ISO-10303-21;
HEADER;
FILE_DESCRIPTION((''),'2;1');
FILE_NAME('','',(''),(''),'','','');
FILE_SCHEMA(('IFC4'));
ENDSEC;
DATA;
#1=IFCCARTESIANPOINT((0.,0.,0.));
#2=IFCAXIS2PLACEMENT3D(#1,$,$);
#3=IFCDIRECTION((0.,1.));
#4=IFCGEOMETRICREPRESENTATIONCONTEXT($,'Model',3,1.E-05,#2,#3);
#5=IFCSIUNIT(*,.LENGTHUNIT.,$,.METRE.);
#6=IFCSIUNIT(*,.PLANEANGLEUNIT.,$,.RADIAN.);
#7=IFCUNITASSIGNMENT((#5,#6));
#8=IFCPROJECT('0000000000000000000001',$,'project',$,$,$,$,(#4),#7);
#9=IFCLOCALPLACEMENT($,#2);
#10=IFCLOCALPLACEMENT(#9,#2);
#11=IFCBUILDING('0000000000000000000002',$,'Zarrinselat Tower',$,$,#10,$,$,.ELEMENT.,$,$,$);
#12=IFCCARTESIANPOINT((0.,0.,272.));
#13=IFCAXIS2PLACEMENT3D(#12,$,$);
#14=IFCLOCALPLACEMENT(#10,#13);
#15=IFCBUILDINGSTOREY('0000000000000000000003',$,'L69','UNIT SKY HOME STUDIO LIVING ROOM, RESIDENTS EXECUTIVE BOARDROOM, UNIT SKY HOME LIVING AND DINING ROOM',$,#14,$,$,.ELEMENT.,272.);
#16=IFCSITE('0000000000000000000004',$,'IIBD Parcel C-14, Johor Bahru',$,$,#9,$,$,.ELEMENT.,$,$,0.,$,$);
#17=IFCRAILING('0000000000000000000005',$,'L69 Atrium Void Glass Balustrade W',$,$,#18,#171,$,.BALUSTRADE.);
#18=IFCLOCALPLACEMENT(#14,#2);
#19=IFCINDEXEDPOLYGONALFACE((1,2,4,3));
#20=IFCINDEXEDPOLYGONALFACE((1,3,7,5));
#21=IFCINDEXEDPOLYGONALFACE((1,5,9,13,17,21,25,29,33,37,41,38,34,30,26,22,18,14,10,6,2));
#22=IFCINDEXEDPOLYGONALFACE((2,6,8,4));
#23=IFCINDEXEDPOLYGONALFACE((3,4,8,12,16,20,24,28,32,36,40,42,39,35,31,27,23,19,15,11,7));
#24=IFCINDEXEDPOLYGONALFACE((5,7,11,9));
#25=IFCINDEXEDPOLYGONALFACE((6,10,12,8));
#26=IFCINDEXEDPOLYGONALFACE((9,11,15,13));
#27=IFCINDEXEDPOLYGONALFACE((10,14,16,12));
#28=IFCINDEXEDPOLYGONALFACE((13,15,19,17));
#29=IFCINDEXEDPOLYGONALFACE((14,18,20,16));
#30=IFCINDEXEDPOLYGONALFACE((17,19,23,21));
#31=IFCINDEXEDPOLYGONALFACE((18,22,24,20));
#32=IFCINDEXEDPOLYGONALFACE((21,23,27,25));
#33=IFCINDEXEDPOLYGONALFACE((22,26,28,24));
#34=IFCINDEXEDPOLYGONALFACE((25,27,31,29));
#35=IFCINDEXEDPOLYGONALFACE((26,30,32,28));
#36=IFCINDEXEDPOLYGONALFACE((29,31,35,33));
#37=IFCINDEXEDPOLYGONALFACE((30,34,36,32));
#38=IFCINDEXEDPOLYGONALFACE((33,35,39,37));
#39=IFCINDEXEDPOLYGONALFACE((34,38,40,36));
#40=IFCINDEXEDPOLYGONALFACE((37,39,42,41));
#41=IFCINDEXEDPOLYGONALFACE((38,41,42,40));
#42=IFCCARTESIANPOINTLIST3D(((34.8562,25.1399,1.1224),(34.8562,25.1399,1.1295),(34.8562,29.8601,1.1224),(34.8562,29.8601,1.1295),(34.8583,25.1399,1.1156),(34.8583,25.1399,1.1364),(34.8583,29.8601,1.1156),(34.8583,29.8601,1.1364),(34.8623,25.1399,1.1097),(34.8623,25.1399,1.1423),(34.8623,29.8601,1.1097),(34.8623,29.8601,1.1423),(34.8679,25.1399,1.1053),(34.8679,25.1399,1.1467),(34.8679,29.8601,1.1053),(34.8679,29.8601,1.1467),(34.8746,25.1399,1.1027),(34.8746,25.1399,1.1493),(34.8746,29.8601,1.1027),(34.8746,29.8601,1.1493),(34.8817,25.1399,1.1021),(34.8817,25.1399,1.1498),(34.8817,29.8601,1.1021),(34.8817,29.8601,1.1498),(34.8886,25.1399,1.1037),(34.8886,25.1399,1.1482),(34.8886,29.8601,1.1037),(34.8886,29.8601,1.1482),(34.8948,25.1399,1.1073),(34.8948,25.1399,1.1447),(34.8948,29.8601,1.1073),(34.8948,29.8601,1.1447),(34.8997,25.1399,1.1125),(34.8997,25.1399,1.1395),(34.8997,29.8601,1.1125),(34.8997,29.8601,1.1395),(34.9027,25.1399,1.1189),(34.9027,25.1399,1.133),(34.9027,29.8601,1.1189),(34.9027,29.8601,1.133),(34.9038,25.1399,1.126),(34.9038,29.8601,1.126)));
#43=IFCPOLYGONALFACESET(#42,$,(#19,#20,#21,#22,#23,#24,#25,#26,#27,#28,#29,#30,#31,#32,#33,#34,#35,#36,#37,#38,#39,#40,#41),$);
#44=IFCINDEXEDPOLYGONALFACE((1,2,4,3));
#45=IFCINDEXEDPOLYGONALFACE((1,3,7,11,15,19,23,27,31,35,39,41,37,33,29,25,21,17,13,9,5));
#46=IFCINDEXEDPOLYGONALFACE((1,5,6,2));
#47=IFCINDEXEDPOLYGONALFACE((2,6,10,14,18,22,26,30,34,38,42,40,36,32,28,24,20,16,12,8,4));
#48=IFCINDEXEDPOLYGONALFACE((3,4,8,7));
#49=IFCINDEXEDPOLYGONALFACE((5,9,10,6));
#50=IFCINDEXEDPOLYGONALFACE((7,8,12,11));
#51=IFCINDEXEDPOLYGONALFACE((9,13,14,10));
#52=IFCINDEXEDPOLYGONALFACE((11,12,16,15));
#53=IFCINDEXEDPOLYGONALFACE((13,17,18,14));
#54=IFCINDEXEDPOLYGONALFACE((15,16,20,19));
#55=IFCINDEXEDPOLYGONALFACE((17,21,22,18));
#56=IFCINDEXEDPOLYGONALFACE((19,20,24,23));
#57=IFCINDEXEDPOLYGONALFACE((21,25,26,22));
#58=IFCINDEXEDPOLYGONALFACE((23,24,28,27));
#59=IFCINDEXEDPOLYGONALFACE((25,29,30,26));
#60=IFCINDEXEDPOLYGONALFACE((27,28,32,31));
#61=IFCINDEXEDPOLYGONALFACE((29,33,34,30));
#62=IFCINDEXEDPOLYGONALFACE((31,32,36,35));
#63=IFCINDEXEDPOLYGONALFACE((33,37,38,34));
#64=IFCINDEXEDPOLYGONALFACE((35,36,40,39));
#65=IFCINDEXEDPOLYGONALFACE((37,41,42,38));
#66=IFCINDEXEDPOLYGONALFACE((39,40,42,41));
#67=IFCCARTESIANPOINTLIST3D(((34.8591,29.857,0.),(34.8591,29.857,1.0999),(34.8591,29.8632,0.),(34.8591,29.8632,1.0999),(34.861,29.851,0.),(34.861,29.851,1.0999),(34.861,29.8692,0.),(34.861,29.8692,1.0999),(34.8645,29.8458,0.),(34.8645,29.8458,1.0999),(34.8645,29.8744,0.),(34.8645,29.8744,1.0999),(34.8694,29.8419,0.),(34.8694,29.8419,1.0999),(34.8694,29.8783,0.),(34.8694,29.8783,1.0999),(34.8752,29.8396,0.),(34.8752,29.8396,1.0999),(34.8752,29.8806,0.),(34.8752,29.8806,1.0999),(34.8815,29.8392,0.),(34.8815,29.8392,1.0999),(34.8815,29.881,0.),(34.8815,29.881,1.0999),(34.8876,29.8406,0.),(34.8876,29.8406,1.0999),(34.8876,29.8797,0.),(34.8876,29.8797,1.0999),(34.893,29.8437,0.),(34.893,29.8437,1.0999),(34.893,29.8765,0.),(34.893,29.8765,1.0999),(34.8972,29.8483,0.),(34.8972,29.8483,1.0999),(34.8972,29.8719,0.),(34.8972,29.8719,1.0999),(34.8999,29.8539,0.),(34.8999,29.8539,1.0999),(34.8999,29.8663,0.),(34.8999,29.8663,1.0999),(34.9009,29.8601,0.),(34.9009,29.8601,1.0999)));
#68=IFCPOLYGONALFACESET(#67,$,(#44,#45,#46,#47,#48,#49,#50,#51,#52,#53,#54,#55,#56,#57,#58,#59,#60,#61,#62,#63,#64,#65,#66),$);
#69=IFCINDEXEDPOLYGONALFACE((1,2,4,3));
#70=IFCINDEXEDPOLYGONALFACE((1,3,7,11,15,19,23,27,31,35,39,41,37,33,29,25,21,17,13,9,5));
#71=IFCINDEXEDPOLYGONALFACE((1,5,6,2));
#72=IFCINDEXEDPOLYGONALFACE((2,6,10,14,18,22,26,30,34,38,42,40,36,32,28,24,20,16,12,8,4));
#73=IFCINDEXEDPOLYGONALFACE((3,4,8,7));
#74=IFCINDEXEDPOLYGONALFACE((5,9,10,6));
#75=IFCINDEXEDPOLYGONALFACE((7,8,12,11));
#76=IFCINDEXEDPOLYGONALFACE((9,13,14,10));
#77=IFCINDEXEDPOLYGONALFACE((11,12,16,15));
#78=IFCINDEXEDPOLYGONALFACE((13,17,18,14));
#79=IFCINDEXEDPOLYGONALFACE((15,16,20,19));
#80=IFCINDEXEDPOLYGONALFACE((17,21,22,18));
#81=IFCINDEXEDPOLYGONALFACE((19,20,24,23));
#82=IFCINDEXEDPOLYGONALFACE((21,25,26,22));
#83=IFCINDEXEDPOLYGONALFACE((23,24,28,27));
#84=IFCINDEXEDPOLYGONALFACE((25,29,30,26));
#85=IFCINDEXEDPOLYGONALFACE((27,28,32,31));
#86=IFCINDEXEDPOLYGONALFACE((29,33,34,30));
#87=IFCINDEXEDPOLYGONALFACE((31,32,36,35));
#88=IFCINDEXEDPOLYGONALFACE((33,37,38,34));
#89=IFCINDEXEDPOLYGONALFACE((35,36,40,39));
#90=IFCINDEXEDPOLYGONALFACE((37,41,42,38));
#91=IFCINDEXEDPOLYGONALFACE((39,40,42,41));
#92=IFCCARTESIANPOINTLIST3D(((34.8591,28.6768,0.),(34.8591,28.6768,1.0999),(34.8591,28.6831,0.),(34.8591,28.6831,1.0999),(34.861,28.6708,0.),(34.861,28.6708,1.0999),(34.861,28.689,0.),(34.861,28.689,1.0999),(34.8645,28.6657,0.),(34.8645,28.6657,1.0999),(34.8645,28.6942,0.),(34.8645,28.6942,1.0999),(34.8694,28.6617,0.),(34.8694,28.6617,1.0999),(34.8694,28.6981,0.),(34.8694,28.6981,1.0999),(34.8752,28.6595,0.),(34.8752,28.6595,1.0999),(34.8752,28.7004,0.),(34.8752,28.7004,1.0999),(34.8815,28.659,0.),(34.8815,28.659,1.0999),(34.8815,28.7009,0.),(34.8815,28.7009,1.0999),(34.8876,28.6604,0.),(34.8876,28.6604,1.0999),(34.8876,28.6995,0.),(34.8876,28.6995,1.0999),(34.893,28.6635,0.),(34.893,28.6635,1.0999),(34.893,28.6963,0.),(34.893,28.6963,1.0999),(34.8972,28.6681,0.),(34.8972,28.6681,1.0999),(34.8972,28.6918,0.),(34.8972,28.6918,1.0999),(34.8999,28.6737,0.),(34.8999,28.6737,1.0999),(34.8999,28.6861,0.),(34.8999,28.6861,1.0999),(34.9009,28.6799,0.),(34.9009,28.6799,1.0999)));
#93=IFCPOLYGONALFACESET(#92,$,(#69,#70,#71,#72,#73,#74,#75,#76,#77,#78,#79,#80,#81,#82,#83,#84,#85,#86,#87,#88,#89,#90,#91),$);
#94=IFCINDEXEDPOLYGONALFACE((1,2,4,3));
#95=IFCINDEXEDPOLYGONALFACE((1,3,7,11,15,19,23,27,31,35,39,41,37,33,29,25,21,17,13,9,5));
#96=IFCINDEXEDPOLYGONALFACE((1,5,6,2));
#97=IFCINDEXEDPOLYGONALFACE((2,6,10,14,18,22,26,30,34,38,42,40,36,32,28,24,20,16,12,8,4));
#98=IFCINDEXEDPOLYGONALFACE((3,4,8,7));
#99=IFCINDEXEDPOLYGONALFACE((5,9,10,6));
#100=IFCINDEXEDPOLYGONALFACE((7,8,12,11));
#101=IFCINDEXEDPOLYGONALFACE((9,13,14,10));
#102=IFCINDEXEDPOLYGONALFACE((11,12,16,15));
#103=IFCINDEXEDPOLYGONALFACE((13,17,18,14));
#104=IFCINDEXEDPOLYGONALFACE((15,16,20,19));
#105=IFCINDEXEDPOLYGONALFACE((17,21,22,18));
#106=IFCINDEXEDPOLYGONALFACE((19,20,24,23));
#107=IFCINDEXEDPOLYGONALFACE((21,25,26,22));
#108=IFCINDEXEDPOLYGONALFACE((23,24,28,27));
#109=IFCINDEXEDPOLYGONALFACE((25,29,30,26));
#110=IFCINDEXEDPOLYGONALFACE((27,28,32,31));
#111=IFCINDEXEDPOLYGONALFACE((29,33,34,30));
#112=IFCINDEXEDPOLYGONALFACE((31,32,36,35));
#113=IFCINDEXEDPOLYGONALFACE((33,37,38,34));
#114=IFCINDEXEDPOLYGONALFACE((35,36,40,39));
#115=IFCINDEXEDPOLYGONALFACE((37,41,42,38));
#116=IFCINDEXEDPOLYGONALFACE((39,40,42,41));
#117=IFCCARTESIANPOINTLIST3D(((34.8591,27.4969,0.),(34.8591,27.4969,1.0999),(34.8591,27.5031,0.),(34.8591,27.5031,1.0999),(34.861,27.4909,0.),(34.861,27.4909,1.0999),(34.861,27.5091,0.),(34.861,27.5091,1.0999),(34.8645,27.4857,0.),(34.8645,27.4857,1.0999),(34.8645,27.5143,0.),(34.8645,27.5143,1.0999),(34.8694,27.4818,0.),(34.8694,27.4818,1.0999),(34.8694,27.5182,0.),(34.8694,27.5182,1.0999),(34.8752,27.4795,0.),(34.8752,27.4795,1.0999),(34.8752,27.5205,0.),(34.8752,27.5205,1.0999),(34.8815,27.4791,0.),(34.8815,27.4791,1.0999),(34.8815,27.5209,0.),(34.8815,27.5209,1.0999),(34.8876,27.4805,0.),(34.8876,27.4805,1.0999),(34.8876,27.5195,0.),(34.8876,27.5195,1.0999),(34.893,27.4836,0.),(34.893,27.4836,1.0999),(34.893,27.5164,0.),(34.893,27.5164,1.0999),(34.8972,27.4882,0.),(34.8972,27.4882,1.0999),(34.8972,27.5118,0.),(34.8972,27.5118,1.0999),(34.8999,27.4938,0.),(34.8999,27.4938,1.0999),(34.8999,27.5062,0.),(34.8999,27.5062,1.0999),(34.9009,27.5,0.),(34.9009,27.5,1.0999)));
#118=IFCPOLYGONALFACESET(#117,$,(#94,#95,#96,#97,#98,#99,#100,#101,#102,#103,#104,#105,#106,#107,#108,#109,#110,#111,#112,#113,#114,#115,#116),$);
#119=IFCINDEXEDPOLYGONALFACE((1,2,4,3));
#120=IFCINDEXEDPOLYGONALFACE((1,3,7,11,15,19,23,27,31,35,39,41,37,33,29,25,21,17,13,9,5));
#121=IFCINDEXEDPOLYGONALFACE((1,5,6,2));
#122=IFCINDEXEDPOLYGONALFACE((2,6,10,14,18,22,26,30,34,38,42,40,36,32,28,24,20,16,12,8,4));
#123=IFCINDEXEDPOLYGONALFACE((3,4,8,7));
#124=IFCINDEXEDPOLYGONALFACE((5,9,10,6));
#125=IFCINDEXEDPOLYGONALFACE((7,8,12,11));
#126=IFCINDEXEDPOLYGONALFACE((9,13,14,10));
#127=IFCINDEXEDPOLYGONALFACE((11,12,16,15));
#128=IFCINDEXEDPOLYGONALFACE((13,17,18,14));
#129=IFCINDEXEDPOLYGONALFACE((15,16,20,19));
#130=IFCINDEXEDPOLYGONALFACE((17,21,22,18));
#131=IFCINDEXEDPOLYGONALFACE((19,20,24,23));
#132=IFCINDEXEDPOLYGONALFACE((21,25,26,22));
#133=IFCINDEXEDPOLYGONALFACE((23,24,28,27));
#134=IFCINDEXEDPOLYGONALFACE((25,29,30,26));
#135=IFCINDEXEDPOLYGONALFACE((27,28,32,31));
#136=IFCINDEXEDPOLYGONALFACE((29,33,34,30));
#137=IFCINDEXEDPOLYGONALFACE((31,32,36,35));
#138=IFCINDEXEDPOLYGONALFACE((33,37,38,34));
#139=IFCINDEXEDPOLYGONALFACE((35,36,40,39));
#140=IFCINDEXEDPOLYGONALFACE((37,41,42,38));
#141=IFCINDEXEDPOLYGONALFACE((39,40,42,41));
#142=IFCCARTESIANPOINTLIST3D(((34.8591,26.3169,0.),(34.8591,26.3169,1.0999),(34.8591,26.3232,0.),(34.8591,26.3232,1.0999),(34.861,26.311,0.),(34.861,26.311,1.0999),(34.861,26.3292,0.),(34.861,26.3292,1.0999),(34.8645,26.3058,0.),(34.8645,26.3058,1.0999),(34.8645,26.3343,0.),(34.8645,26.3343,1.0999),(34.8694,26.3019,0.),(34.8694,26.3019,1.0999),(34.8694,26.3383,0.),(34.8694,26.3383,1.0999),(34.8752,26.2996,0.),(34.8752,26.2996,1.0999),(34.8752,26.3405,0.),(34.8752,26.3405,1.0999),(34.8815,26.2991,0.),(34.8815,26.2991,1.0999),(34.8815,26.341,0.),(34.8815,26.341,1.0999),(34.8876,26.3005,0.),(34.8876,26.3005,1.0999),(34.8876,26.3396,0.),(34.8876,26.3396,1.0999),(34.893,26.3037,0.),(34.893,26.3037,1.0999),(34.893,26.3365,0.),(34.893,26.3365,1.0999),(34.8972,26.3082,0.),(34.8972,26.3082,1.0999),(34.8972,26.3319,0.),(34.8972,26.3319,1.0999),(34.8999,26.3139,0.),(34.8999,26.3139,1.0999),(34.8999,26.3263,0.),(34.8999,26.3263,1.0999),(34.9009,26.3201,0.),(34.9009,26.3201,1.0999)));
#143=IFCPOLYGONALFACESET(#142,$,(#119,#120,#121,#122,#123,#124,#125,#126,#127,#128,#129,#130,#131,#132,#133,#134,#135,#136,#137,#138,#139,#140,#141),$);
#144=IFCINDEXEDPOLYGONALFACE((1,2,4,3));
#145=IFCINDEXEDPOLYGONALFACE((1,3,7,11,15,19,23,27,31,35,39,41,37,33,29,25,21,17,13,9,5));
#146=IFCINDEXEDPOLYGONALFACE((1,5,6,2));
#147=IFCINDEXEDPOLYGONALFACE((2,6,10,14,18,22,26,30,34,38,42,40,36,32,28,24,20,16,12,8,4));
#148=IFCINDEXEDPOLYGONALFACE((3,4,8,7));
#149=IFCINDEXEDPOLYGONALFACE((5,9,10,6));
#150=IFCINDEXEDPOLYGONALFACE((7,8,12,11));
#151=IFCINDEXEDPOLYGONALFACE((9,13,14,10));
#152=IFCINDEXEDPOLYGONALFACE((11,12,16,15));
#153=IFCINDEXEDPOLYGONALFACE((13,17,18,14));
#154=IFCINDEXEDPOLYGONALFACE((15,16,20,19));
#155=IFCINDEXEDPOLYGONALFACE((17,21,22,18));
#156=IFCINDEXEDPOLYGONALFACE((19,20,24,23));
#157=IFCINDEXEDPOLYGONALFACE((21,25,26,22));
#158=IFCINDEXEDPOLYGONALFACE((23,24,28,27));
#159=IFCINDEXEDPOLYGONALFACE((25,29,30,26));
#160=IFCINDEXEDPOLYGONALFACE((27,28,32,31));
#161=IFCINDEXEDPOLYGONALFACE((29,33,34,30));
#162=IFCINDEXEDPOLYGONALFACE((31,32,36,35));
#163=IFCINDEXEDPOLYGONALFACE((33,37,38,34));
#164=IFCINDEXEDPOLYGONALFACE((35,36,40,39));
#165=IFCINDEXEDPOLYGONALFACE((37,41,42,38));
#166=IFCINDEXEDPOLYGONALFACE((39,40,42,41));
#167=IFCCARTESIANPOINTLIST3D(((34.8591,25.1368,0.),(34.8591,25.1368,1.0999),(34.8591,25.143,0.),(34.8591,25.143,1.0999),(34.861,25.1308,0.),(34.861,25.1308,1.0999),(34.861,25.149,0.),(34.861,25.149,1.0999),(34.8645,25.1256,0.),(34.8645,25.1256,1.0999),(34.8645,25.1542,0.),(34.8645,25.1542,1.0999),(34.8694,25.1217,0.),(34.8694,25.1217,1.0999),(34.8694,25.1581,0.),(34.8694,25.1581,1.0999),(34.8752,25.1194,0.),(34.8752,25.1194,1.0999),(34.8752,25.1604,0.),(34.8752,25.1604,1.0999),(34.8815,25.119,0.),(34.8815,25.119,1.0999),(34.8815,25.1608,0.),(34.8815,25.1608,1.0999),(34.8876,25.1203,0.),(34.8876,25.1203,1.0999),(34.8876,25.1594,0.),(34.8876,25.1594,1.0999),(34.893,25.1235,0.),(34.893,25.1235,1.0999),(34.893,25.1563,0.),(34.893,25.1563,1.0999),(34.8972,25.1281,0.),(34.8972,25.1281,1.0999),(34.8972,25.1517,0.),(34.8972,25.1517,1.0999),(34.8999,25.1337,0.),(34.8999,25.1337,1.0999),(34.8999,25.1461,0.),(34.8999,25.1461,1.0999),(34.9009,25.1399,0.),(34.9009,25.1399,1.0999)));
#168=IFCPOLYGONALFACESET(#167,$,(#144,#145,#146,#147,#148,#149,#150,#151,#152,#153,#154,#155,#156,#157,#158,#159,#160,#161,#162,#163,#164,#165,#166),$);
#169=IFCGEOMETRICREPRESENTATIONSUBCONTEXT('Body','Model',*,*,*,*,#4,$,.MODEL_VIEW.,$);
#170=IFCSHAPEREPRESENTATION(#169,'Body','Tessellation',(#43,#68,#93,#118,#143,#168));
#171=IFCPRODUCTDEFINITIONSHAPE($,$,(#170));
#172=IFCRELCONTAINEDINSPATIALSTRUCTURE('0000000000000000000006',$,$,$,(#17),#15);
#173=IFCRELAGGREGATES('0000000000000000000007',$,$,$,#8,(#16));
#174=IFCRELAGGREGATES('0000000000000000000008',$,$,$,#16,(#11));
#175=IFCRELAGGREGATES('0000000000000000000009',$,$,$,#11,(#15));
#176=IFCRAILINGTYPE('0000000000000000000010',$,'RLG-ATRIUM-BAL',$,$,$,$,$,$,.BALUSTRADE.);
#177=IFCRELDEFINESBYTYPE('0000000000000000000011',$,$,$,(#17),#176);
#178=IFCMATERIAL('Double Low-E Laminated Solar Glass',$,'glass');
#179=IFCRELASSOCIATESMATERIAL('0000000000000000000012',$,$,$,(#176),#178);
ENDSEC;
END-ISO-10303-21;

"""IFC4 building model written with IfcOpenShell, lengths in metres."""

from ifc_helpers import new_model, si_unit, direction, frame, origin, origin_2d, place, context, subcontext, project, spatial, circle, extrude, material, type_object, element, save


model = new_model("IFC4")

# Units and contexts
model_context = context("Model", 3, precision=1e-05, world=origin(), true_north=direction((0.0, 1.0)))
body_context = subcontext(model_context, "Body", "Model", "MODEL_VIEW")
ifc_project = project(units=[si_unit("LENGTHUNIT", "METRE"), si_unit("PLANEANGLEUNIT", "RADIAN")], contexts=[model_context])

# Site, building, storey
site_placement = place(None, origin())
site = spatial("IfcSite", under=ifc_project, at=site_placement, Name="IIBD Parcel C-14, Johor Bahru", CompositionType="ELEMENT", RefElevation=0.0)
building_placement = place(site_placement, origin())
building = spatial("IfcBuilding", under=site, at=building_placement, Name="Zarrinselat Tower", CompositionType="ELEMENT")
storey_placement = place(building_placement, frame((0.0, 0.0, 272.0)))
storey = spatial("IfcBuildingStorey", under=building, at=storey_placement, Name="L69", Description="UNIT SKY HOME STUDIO LIVING ROOM, RESIDENTS EXECUTIVE BOARDROOM, UNIT SKY HOME LIVING AND DINING ROOM", CompositionType="ELEMENT", Elevation=272.0)

# Railing
ifc_material_1 = material(Name="Double Low-E Laminated Solar Glass", Category="glass")
railing_type_1 = type_object("IfcRailingType", Name="RLG-ATRIUM-BAL", PredefinedType="BALUSTRADE", material=ifc_material_1)
railing_1_placement = place(storey_placement, frame((34.8799, 29.8601, 0.0)))
element("IfcRailing", 1, at=railing_1_placement, inside=storey, type_object=railing_type_1, Name="L69 Atrium Void Glass Balustrade W", PredefinedType="BALUSTRADE", context=body_context, shape_type="SweptSolid", body=[
    extrude(circle(Radius=0.0239, at=origin_2d()), frame((0.0, 0.0, 1.126), z_axis=(0.0, -1.0, 0.0), x_axis=(1.0, 0.0, 0.0)), (0.0, 0.0, 1.0), 4.7202),
    extrude(circle(Radius=0.021, at=origin_2d()), origin(), (0.0, 0.0, 1.0), 1.0999),
    extrude(circle(Radius=0.021, at=origin_2d()), frame((0.0, -1.1802, 0.0)), (0.0, 0.0, 1.0), 1.0999),
    extrude(circle(Radius=0.021, at=origin_2d()), frame((0.0, -2.3601, 0.0)), (0.0, 0.0, 1.0), 1.0999),
    extrude(circle(Radius=0.021, at=origin_2d()), frame((0.0, -3.54, 0.0)), (0.0, 0.0, 1.0), 1.0999),
    extrude(circle(Radius=0.021, at=origin_2d()), frame((0.0, -4.7202, 0.0)), (0.0, 0.0, 1.0), 1.0999),
])

save(model, "model.ifc")
